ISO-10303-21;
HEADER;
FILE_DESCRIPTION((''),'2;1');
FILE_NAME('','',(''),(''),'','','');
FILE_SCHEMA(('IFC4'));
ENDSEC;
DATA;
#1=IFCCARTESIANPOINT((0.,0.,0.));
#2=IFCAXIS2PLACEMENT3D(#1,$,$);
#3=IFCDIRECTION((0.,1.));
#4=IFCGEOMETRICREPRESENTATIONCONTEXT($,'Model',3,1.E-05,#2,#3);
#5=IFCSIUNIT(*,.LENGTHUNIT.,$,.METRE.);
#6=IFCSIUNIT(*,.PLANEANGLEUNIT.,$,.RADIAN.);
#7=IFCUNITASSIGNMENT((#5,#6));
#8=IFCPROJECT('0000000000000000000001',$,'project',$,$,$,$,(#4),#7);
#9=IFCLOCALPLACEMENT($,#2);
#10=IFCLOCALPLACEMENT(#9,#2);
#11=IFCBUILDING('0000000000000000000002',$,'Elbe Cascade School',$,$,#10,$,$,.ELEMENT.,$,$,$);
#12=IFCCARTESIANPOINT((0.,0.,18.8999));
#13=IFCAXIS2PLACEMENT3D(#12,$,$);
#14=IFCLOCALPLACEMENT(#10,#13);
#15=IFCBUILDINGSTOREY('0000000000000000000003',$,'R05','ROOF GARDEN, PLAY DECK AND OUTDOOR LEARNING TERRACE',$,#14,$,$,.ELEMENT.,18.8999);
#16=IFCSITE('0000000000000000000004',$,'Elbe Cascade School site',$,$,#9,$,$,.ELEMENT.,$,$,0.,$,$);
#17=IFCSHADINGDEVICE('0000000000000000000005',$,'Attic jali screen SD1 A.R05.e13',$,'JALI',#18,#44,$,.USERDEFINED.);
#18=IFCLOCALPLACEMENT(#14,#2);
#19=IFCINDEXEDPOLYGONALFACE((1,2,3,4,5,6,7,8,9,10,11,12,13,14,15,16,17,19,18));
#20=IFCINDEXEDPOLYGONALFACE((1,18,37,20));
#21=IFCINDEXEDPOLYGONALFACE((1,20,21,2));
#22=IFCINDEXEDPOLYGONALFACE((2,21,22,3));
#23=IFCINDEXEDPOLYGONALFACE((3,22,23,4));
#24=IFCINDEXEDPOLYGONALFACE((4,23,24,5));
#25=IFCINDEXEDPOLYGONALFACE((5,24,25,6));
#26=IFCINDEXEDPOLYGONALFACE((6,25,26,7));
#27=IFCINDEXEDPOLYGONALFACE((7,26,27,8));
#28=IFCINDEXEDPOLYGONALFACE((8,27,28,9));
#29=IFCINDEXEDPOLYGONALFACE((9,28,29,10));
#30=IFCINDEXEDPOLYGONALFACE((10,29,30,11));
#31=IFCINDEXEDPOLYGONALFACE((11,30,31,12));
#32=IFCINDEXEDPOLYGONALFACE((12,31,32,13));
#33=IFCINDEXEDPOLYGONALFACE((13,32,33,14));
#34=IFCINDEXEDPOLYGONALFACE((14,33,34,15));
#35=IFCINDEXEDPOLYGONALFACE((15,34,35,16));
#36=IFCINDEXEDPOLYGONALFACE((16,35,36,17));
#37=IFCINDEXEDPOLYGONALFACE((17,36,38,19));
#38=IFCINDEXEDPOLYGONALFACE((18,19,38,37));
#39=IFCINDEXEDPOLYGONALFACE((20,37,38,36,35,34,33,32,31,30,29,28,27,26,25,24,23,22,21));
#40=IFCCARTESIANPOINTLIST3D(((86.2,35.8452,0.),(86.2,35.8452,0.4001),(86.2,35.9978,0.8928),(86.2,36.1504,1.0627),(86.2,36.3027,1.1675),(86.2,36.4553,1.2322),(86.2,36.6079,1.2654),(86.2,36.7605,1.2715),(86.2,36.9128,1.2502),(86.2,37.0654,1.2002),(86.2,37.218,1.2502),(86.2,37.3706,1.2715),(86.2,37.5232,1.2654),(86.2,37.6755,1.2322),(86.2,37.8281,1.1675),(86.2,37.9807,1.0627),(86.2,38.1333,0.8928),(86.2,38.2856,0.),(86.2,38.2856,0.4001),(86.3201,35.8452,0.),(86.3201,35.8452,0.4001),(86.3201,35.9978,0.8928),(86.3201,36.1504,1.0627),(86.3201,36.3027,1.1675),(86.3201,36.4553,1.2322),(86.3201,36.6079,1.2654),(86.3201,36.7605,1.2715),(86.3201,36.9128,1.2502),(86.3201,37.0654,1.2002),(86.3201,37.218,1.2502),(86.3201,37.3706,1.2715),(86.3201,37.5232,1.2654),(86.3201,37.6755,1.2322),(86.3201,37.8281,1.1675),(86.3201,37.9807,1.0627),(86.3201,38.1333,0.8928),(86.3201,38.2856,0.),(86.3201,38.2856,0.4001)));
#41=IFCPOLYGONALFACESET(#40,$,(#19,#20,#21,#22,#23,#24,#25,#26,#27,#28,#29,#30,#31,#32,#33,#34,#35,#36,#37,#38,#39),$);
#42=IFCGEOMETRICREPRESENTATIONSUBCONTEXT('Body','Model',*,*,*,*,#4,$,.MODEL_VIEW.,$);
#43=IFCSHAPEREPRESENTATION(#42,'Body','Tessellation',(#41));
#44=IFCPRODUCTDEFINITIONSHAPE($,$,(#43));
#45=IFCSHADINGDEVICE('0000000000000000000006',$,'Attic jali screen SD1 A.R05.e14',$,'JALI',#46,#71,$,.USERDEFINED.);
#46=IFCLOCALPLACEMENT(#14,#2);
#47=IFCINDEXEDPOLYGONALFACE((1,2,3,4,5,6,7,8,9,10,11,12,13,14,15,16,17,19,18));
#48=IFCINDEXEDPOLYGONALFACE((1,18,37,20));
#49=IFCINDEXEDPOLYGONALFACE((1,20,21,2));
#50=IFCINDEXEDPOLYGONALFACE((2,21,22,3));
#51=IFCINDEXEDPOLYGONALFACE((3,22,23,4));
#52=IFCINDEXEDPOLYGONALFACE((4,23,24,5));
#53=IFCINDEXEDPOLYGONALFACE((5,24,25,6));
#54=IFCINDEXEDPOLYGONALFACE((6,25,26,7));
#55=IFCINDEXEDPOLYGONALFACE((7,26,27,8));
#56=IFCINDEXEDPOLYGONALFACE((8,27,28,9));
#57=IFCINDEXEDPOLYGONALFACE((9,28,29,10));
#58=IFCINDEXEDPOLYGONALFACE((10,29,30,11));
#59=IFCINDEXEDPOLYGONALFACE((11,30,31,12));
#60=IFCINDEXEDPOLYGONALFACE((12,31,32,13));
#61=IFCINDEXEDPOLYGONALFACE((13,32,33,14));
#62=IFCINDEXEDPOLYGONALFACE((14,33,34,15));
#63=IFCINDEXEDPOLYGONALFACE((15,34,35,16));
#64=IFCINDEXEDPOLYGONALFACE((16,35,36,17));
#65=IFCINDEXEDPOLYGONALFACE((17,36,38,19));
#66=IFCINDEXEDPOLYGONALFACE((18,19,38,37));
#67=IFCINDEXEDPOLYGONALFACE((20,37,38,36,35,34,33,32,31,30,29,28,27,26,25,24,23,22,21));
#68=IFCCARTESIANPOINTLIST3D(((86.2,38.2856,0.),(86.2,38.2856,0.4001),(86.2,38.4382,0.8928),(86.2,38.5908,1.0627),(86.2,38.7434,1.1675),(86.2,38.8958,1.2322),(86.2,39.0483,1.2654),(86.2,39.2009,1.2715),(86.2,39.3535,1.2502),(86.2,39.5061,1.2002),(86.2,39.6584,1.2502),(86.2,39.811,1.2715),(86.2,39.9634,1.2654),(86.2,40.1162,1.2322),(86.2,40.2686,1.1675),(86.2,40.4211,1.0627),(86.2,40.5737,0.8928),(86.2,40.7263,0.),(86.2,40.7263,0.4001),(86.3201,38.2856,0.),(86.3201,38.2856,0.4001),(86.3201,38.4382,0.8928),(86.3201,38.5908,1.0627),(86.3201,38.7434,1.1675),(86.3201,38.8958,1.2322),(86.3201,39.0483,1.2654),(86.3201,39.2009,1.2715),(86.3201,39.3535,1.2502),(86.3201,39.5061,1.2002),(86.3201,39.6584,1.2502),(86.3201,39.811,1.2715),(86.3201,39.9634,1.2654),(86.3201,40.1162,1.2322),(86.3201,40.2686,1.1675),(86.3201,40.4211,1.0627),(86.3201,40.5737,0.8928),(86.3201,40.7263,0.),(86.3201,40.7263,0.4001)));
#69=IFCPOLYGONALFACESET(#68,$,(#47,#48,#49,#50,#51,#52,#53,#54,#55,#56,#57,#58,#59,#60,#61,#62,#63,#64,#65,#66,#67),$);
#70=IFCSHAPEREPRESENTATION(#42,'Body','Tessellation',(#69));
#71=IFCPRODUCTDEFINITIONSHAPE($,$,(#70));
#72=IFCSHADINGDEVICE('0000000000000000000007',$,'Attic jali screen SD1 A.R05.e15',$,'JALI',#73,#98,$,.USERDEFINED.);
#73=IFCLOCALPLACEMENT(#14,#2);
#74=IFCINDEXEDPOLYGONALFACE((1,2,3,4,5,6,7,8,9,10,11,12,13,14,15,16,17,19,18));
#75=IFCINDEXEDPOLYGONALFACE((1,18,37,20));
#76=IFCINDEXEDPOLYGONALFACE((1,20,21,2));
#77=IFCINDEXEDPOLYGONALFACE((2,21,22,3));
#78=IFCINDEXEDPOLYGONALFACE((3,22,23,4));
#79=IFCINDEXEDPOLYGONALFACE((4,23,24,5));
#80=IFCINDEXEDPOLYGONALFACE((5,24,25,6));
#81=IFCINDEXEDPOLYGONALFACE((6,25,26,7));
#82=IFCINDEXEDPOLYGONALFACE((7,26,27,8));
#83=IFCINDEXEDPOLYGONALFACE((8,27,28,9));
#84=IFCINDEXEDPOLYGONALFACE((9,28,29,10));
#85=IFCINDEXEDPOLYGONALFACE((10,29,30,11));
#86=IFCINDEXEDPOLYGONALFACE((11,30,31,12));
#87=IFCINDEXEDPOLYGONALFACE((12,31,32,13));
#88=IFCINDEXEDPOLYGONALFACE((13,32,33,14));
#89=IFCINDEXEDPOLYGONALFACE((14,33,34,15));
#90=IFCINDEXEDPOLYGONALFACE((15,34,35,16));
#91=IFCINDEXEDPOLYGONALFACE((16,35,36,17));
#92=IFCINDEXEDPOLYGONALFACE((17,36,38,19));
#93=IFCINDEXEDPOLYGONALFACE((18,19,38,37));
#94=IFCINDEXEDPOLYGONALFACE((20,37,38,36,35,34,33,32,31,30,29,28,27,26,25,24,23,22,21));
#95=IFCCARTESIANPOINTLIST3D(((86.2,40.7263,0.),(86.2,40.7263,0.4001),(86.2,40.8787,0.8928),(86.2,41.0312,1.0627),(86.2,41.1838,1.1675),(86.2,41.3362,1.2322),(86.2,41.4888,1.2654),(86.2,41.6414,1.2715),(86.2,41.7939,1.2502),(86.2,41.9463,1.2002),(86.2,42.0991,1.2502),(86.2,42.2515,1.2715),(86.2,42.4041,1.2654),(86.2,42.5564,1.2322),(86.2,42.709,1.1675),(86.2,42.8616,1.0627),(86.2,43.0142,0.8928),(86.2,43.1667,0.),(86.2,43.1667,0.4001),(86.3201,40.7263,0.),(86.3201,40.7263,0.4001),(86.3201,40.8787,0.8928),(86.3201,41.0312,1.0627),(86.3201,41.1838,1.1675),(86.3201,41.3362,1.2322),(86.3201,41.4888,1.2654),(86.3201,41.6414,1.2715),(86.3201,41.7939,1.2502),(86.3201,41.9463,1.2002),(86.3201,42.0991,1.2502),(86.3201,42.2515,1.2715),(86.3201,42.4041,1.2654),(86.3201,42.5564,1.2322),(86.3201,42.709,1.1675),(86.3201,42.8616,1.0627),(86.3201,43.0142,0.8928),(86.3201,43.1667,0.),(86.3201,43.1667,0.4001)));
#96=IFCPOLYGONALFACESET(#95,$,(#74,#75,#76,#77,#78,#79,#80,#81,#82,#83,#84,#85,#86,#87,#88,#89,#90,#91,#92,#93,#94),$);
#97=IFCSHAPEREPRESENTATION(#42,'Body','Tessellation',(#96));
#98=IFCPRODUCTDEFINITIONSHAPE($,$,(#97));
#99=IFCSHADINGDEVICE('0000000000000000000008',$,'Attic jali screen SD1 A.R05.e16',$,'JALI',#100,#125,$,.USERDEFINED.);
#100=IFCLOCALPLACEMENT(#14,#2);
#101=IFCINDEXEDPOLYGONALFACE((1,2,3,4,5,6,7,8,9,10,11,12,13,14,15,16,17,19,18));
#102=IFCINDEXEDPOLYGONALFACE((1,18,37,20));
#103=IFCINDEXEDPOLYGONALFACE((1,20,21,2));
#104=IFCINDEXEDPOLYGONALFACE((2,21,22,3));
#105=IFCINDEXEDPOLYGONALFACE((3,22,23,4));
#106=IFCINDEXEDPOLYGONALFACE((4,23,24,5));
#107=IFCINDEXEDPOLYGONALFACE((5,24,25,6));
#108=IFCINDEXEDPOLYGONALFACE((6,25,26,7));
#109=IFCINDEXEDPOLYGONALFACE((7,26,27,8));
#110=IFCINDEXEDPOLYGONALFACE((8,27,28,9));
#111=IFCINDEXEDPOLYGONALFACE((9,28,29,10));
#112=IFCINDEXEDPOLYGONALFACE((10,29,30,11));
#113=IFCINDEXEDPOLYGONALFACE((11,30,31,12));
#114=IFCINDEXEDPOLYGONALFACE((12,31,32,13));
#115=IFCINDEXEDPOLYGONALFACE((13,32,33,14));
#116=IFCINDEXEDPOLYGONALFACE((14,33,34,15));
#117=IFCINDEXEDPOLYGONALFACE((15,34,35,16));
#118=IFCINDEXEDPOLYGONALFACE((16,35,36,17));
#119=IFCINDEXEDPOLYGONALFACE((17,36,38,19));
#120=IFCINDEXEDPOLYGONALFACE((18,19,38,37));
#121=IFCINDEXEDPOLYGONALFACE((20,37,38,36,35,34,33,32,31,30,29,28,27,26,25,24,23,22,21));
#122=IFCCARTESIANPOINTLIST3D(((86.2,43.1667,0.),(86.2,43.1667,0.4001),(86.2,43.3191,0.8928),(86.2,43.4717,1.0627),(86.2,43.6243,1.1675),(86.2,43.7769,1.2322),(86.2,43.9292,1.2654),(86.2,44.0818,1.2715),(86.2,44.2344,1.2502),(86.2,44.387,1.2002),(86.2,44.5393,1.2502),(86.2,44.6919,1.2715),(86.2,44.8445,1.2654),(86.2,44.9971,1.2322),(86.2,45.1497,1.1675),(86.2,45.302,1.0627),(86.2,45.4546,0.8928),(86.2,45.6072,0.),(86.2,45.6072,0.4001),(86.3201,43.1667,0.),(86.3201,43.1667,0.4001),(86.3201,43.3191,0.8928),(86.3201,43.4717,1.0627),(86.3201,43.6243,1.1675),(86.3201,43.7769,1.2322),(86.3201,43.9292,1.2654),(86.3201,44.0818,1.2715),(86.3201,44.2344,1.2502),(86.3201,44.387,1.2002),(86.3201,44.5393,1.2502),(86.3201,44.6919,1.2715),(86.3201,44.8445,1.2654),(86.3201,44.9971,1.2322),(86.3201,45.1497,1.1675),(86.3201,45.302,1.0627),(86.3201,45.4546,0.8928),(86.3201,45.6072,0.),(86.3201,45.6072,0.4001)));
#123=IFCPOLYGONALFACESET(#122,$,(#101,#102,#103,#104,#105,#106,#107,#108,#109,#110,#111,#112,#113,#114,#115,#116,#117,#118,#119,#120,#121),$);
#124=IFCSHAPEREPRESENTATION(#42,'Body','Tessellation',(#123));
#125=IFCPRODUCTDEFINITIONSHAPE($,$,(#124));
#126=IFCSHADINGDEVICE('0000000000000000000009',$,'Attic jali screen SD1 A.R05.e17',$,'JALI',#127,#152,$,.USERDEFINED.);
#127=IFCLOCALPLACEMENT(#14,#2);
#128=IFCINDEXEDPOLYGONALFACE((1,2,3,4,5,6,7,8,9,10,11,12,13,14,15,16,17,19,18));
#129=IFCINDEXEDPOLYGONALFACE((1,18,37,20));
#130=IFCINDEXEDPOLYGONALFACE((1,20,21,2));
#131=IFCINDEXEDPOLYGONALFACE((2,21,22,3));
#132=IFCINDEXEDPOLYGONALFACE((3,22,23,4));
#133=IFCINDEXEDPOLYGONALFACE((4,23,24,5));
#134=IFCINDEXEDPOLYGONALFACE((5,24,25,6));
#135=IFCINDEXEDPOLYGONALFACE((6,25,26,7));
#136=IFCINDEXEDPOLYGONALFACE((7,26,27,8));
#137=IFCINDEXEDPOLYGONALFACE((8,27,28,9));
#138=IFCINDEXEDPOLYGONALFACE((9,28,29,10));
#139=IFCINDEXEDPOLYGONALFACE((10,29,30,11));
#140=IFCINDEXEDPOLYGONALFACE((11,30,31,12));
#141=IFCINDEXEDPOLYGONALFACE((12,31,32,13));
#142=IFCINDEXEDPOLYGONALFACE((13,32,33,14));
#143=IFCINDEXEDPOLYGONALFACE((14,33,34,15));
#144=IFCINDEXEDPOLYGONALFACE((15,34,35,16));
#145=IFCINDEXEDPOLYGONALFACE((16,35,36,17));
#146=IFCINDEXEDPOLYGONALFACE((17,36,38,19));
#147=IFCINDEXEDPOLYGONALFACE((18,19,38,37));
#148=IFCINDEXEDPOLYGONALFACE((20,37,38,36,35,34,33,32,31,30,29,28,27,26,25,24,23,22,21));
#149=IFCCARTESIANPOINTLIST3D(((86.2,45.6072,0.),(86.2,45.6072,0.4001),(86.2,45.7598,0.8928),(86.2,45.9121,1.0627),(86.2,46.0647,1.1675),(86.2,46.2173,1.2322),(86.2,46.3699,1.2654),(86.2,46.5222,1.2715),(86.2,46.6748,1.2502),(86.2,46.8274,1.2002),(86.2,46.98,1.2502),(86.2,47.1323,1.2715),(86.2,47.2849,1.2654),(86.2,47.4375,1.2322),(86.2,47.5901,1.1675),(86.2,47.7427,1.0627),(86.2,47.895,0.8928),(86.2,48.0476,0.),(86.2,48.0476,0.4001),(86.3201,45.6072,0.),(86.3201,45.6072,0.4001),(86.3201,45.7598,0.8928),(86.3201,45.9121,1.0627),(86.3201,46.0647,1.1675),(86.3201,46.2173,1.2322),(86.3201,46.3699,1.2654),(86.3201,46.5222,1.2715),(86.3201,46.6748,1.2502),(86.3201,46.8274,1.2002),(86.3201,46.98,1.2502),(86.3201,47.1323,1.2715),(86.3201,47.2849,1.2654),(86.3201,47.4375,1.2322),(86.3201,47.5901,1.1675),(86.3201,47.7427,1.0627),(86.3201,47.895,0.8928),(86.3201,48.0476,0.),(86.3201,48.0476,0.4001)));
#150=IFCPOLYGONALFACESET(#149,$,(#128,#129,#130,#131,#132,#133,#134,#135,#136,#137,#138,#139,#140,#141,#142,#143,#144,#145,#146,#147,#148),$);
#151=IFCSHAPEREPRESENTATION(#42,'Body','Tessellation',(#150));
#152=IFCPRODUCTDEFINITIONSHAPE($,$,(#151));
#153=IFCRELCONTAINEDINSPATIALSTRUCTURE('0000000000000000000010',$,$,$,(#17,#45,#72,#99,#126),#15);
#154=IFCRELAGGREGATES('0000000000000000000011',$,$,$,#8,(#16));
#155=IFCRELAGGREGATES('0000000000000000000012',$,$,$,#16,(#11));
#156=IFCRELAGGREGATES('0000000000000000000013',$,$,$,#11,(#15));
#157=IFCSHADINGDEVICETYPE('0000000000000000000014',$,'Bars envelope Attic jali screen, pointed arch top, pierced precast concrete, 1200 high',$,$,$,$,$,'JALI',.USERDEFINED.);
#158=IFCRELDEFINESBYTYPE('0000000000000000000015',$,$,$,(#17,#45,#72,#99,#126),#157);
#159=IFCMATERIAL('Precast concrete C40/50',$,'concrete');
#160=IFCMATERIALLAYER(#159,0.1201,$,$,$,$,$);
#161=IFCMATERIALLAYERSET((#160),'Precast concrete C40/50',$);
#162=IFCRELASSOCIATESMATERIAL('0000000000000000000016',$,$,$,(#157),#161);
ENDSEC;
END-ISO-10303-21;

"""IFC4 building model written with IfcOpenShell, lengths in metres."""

from ifc_helpers import new_model, si_unit, direction, frame, origin, place, context, subcontext, project, spatial, polyline, outline, extrude, material, layer, layer_set, type_object, element, save


model = new_model("IFC4")

# Units and contexts
model_context = context("Model", 3, precision=1e-05, world=origin(), true_north=direction((0.0, 1.0)))
body_context = subcontext(model_context, "Body", "Model", "MODEL_VIEW")
ifc_project = project(units=[si_unit("LENGTHUNIT", "METRE"), si_unit("PLANEANGLEUNIT", "RADIAN")], contexts=[model_context])

# Site, building, storey
site_placement = place(None, origin())
site = spatial("IfcSite", under=ifc_project, at=site_placement, Name="Elbe Cascade School site", CompositionType="ELEMENT", RefElevation=0.0)
building_placement = place(site_placement, origin())
building = spatial("IfcBuilding", under=site, at=building_placement, Name="Elbe Cascade School", CompositionType="ELEMENT")
storey_placement = place(building_placement, frame((0.0, 0.0, 18.8999)))
storey = spatial("IfcBuildingStorey", under=building, at=storey_placement, Name="R05", Description="ROOF GARDEN, PLAY DECK AND OUTDOOR LEARNING TERRACE", CompositionType="ELEMENT", Elevation=18.8999)

# Shading devices
ifc_material_1 = material(Name="Precast concrete C40/50", Category="concrete")
ifc_layer_1 = layer(ifc_material_1, 0.1201)
ifc_layer_set_1 = layer_set([ifc_layer_1], Name="Precast concrete C40/50")
shading_device_type = type_object("IfcShadingDeviceType", Name="Bars envelope Attic jali screen, pointed arch top, pierced precast concrete, 1200 high", ElementType="JALI", PredefinedType="USERDEFINED", material=ifc_layer_set_1)
shading_device_1_placement = place(storey_placement, frame((86.3201, 35.8452, 0.0), z_axis=(1.0, 0.0, 0.0), x_axis=(0.0, 1.0, 0.0)))
element("IfcShadingDevice", 1, at=shading_device_1_placement, inside=storey, type_object=shading_device_type, Name="Attic jali screen SD1 A.R05.e13", ObjectType="JALI", PredefinedType="USERDEFINED", context=body_context, shape_type="SweptSolid", body=[
    extrude(outline(polyline([(0.0, 0.0), (2.4404, 0.0), (2.4404, 0.4001), (2.2881, 0.8928), (2.1355, 1.0627), (1.9829, 1.1675), (1.8303, 1.2322), (1.678, 1.2654), (1.5254, 1.2715), (1.3728, 1.2502), (1.2202, 1.2002), (1.0676, 1.2502), (0.9153, 1.2715), (0.7627, 1.2654), (0.6101, 1.2322), (0.4575, 1.1675), (0.3052, 1.0627), (0.1526, 0.8928), (0.0, 0.4001), (0.0, 0.0)])), origin(), (0.0, 0.0, -1.0), 0.1201),
])
shading_device_2_placement = place(storey_placement, frame((86.3201, 38.2856, 0.0), z_axis=(1.0, 0.0, 0.0), x_axis=(0.0, 1.0, 0.0)))
element("IfcShadingDevice", 2, at=shading_device_2_placement, inside=storey, type_object=shading_device_type, Name="Attic jali screen SD1 A.R05.e14", ObjectType="JALI", PredefinedType="USERDEFINED", context=body_context, shape_type="SweptSolid", body=[
    extrude(outline(polyline([(0.0, 0.0), (2.4407, 0.0), (2.4407, 0.4001), (2.2881, 0.8928), (2.1355, 1.0627), (1.9829, 1.1675), (1.8306, 1.2322), (1.6777, 1.2654), (1.5254, 1.2715), (1.3728, 1.2502), (1.2205, 1.2002), (1.0679, 1.2502), (0.9153, 1.2715), (0.7627, 1.2654), (0.6101, 1.2322), (0.4578, 1.1675), (0.3052, 1.0627), (0.1526, 0.8928), (0.0, 0.4001), (0.0, 0.0)])), origin(), (0.0, 0.0, -1.0), 0.1201),
])
shading_device_3_placement = place(storey_placement, frame((86.3201, 40.7263, 0.0), z_axis=(1.0, 0.0, 0.0), x_axis=(0.0, 1.0, 0.0)))
element("IfcShadingDevice", 3, at=shading_device_3_placement, inside=storey, type_object=shading_device_type, Name="Attic jali screen SD1 A.R05.e15", ObjectType="JALI", PredefinedType="USERDEFINED", context=body_context, shape_type="SweptSolid", body=[
    extrude(outline(polyline([(0.0, 0.0), (2.4404, 0.0), (2.4404, 0.4001), (2.2878, 0.8928), (2.1353, 1.0627), (1.9827, 1.1675), (1.8301, 1.2322), (1.6777, 1.2654), (1.5251, 1.2715), (1.3728, 1.2502), (1.22, 1.2002), (1.0676, 1.2502), (0.915, 1.2715), (0.7625, 1.2654), (0.6099, 1.2322), (0.4575, 1.1675), (0.3049, 1.0627), (0.1523, 0.8928), (0.0, 0.4001), (0.0, 0.0)])), origin(), (0.0, 0.0, -1.0), 0.1201),
])
shading_device_4_placement = place(storey_placement, frame((86.3201, 43.1667, 0.0), z_axis=(1.0, 0.0, 0.0), x_axis=(0.0, 1.0, 0.0)))
element("IfcShadingDevice", 4, at=shading_device_4_placement, inside=storey, type_object=shading_device_type, Name="Attic jali screen SD1 A.R05.e16", ObjectType="JALI", PredefinedType="USERDEFINED", context=body_context, shape_type="SweptSolid", body=[
    extrude(outline(polyline([(0.0, 0.0), (2.4404, 0.0), (2.4404, 0.4001), (2.2878, 0.8928), (2.1353, 1.0627), (1.9829, 1.1675), (1.8303, 1.2322), (1.6777, 1.2654), (1.5251, 1.2715), (1.3726, 1.2502), (1.2202, 1.2002), (1.0676, 1.2502), (0.915, 1.2715), (0.7625, 1.2654), (0.6101, 1.2322), (0.4575, 1.1675), (0.3049, 1.0627), (0.1523, 0.8928), (0.0, 0.4001), (0.0, 0.0)])), origin(), (0.0, 0.0, -1.0), 0.1201),
])
shading_device_5_placement = place(storey_placement, frame((86.3201, 45.6072, 0.0), z_axis=(1.0, 0.0, 0.0), x_axis=(0.0, 1.0, 0.0)))
element("IfcShadingDevice", 5, at=shading_device_5_placement, inside=storey, type_object=shading_device_type, Name="Attic jali screen SD1 A.R05.e17", ObjectType="JALI", PredefinedType="USERDEFINED", context=body_context, shape_type="SweptSolid", body=[
    extrude(outline(polyline([(0.0, 0.0), (2.4404, 0.0), (2.4404, 0.4001), (2.2878, 0.8928), (2.1355, 1.0627), (1.9829, 1.1675), (1.8303, 1.2322), (1.6777, 1.2654), (1.5251, 1.2715), (1.3728, 1.2502), (1.2202, 1.2002), (1.0676, 1.2502), (0.915, 1.2715), (0.7627, 1.2654), (0.6101, 1.2322), (0.4575, 1.1675), (0.3049, 1.0627), (0.1526, 0.8928), (0.0, 0.4001), (0.0, 0.0)])), origin(), (0.0, 0.0, -1.0), 0.1201),
])

save(model, "model.ifc")
